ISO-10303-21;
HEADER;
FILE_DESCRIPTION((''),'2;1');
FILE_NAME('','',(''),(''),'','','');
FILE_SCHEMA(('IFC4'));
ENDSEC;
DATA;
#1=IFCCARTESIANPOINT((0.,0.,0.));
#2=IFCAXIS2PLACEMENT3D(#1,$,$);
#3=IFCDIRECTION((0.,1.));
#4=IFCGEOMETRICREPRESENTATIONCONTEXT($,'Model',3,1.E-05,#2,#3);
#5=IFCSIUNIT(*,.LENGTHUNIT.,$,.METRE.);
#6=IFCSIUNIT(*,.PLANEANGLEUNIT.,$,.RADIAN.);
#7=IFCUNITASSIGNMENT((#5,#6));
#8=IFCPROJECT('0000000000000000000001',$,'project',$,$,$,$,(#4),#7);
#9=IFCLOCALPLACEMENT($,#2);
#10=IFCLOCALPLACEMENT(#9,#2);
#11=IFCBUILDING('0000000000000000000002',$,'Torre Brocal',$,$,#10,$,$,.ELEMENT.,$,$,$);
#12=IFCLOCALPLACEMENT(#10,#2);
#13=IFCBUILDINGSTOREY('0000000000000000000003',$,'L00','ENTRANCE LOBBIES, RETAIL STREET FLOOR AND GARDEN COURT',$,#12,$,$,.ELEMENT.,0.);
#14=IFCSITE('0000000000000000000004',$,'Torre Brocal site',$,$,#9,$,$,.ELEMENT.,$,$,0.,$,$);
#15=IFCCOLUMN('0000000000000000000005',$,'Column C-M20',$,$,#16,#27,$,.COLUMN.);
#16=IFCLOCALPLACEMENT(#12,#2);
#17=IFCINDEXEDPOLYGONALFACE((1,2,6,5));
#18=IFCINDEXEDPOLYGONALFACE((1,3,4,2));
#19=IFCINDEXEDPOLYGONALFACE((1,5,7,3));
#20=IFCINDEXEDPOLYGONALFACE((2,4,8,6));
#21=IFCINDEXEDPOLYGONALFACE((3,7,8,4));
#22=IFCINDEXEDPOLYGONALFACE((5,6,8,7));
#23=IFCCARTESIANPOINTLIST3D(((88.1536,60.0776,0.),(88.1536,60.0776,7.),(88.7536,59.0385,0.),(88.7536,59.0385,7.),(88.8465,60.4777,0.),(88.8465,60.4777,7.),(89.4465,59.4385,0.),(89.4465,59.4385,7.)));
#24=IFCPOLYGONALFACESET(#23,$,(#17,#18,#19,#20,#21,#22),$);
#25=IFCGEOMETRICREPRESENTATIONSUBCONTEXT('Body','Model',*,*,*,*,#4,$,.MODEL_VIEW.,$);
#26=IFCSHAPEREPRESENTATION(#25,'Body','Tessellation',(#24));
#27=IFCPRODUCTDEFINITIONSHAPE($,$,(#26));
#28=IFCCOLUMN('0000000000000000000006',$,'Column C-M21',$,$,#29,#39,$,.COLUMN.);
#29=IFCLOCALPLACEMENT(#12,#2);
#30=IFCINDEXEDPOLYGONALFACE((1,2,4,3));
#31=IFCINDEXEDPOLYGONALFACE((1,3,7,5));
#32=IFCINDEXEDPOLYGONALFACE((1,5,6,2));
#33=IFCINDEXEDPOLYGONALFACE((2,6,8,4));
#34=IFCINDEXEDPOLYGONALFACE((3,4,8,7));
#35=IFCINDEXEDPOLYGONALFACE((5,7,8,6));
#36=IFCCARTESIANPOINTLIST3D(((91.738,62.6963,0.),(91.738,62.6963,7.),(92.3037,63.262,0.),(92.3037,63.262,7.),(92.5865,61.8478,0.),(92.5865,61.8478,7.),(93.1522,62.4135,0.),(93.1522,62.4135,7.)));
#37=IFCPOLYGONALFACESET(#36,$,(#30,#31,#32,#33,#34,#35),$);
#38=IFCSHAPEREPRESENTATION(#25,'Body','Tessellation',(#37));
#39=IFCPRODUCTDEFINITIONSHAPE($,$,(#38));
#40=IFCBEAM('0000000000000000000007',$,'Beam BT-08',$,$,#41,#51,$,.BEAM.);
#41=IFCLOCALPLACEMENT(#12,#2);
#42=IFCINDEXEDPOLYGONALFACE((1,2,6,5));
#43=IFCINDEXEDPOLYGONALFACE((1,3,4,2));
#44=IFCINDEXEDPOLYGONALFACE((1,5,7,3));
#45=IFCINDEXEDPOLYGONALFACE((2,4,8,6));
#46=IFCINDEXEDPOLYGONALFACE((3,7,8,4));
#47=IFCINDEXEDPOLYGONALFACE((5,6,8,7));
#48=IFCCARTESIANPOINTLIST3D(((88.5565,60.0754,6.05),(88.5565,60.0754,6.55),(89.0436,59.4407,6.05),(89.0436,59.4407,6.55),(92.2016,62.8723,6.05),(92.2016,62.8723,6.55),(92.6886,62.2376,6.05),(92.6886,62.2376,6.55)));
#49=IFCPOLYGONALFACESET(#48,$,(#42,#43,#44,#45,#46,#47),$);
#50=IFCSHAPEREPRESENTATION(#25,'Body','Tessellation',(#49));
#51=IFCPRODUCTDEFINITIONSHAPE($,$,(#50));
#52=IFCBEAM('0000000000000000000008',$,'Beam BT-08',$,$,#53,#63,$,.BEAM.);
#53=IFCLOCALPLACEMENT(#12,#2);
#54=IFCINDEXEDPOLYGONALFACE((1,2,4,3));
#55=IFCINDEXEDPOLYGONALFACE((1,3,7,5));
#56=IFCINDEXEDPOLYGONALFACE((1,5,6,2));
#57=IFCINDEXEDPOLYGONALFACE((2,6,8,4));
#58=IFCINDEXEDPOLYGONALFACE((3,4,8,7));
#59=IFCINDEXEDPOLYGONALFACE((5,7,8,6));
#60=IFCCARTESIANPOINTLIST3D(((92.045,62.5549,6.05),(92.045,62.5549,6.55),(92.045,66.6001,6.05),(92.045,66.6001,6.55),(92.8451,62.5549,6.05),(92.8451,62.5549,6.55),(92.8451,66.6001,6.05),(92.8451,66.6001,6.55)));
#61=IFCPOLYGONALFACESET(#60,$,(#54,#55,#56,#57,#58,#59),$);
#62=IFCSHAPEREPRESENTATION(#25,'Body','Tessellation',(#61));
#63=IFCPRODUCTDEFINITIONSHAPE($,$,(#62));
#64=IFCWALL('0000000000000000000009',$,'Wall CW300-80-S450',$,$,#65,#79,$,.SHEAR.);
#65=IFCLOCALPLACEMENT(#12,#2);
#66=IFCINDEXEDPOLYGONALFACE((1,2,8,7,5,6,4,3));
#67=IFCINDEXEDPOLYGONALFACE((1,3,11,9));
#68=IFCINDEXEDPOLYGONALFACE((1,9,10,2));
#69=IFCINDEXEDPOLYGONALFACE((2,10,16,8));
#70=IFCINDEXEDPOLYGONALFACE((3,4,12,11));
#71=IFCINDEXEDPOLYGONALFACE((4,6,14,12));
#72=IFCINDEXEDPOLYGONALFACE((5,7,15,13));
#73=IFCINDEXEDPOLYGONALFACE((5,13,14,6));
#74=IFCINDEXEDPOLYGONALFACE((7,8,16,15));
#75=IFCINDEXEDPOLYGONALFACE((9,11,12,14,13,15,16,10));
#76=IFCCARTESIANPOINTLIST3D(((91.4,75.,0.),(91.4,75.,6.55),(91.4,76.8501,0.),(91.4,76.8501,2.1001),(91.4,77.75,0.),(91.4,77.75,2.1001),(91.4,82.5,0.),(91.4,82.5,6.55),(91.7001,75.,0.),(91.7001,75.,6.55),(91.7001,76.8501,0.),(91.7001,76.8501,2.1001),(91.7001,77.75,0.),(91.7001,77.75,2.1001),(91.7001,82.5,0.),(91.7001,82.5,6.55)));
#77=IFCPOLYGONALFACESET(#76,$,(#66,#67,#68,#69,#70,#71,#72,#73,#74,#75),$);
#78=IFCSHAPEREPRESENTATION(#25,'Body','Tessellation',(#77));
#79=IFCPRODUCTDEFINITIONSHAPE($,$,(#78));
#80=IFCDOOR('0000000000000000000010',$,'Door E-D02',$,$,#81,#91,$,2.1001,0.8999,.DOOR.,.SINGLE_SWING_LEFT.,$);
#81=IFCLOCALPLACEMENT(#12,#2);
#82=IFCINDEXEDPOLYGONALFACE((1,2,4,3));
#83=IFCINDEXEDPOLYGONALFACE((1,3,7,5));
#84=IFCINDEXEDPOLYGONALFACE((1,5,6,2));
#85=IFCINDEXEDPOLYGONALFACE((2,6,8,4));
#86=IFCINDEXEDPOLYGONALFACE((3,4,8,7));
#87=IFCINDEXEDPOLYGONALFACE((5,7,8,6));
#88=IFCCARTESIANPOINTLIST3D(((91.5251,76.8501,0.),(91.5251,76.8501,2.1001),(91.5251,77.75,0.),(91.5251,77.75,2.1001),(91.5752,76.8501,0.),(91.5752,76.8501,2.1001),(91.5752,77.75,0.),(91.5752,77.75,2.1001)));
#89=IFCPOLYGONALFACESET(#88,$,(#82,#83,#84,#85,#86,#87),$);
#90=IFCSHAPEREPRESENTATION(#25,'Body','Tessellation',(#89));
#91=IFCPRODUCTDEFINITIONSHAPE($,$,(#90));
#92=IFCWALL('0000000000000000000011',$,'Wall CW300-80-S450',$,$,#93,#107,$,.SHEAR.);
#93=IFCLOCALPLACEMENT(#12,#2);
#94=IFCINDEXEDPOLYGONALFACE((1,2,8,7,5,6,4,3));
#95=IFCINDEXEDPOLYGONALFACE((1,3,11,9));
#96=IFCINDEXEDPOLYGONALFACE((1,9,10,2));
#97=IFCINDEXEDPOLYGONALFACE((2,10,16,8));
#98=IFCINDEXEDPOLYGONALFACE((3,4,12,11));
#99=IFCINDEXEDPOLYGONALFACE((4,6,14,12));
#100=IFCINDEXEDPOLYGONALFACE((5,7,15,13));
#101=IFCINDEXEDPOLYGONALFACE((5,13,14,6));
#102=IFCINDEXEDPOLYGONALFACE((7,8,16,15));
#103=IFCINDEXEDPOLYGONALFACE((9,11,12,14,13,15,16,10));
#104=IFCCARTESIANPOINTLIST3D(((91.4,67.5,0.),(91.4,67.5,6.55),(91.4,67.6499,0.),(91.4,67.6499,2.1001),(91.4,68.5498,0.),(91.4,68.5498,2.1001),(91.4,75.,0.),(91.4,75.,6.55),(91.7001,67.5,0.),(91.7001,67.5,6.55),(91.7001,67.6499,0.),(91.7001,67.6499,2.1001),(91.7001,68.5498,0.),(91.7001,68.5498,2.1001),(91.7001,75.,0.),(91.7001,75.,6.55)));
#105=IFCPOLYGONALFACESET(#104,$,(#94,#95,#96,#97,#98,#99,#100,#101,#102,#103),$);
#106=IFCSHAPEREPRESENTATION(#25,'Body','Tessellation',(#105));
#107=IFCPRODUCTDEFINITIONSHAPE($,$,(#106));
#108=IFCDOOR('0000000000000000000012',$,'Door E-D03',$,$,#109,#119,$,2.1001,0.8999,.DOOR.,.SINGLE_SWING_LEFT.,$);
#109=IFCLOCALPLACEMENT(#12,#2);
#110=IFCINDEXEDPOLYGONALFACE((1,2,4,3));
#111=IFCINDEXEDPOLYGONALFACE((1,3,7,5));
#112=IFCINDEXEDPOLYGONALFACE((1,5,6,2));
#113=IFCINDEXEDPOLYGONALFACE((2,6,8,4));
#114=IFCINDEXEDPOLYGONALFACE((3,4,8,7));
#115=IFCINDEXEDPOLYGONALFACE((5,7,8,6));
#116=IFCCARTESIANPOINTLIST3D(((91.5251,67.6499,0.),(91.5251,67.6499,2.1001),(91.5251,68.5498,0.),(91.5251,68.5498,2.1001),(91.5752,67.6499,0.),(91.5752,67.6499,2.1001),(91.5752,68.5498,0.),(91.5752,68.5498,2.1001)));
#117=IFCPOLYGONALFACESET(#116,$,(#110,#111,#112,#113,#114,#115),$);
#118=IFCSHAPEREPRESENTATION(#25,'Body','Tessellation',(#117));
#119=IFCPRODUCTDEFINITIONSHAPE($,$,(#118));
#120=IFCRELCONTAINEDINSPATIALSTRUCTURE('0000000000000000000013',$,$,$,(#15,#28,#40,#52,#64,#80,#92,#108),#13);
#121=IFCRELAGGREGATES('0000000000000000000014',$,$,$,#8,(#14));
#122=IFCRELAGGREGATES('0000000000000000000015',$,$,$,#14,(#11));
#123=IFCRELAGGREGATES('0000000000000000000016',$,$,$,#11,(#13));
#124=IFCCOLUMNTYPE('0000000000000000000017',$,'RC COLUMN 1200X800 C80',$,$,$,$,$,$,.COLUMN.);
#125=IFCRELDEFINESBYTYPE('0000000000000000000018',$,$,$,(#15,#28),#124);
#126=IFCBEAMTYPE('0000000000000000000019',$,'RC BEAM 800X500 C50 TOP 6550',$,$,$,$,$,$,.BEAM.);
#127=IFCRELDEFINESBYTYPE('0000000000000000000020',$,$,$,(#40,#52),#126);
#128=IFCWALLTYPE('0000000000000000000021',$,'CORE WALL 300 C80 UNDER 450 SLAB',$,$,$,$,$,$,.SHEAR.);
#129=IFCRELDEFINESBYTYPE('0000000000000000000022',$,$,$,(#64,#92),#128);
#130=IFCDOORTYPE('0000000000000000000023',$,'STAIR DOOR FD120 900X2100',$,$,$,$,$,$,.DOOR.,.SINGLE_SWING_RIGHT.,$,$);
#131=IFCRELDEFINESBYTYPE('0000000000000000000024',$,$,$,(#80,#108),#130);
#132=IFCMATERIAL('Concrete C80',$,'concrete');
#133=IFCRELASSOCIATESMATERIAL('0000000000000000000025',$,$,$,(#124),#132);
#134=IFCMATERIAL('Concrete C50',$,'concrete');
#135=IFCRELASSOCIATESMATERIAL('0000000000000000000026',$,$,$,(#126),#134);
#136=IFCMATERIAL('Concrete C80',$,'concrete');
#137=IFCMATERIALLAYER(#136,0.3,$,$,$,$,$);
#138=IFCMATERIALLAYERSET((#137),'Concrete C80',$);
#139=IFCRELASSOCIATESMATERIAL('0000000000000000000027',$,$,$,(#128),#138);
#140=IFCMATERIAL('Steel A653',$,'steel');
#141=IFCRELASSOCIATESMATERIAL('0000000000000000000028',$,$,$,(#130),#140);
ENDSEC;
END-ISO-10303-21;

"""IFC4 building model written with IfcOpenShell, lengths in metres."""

from ifc_helpers import new_model, si_unit, direction, frame, frame_2d, origin, origin_2d, place, context, subcontext, project, spatial, rectangle, extrude, material, layer, layer_set, material_profile, profile_set, type_object, element, fill, save


model = new_model("IFC4")

# Units and contexts
model_context = context("Model", 3, precision=1e-05, world=origin(), true_north=direction((0.0, 1.0)))
body_context = subcontext(model_context, "Body", "Model", "MODEL_VIEW")
ifc_project = project(units=[si_unit("LENGTHUNIT", "METRE"), si_unit("PLANEANGLEUNIT", "RADIAN")], contexts=[model_context])

# Site, building, storey
site_placement = place(None, origin())
site = spatial("IfcSite", under=ifc_project, at=site_placement, Name="Torre Brocal site", CompositionType="ELEMENT", RefElevation=0.0)
building_placement = place(site_placement, origin())
building = spatial("IfcBuilding", under=site, at=building_placement, Name="Torre Brocal", CompositionType="ELEMENT")
storey_placement = place(building_placement, origin())
storey = spatial("IfcBuildingStorey", under=building, at=storey_placement, Name="L00", Description="ENTRANCE LOBBIES, RETAIL STREET FLOOR AND GARDEN COURT", CompositionType="ELEMENT", Elevation=0.0)

# Columns
ifc_material_1 = material(Name="Concrete C80", Category="concrete")
ifc_material_profile_1 = material_profile(ifc_material_1, rectangle(XDim=1.2, YDim=0.8, at=origin_2d()), Name="RC 1200X800")
ifc_profile_set_1 = profile_set([ifc_material_profile_1], Name="Concrete C80")
column_type = type_object("IfcColumnType", Name="RC COLUMN 1200X800 C80", PredefinedType="COLUMN", material=ifc_profile_set_1)
for number, where, z_axis, x_axis, name in (
    (1, (88.8, 59.7581, 0.0), (0.0, 0.0, 1.0), (0.5, -0.866025, 0.0), "Column C-M20"),
    (2, (92.4451, 62.5549, 0.0), (0.0, 0.0, 1.0), (0.707107, -0.707107, 0.0), "Column C-M21"),
):
    element("IfcColumn", number, at=place(storey_placement, frame(where, z_axis=z_axis, x_axis=x_axis)), inside=storey, type_object=column_type, Name=name, PredefinedType="COLUMN", context=body_context, shape_type="SweptSolid", body=[
        extrude(rectangle(XDim=1.2, YDim=0.8, at=origin_2d()), origin(), (0.0, 0.0, 1.0), 7.0),
    ])

# Beams
ifc_material_2 = material(Name="Concrete C50", Category="concrete")
ifc_material_profile_2 = material_profile(ifc_material_2, rectangle(XDim=0.8, YDim=0.5, at=origin_2d()), Name="RC 800X500")
ifc_profile_set_2 = profile_set([ifc_material_profile_2], Name="Concrete C50")
beam_type = type_object("IfcBeamType", Name="RC BEAM 800X500 C50 TOP 6550", PredefinedType="BEAM", material=ifc_profile_set_2)
beam_1_placement = place(storey_placement, frame((88.8, 59.7581, 6.3), z_axis=(0.793358, 0.608755, 0.0), x_axis=(-0.608755, 0.793358, 0.0)))
element("IfcBeam", 3, at=beam_1_placement, inside=storey, type_object=beam_type, Name="Beam BT-08", PredefinedType="BEAM", context=body_context, shape_type="SweptSolid", body=[
    extrude(rectangle(XDim=0.8, YDim=0.5, at=origin_2d()), origin(), (0.0, 0.0, 1.0), 4.5945),
])
beam_2_placement = place(storey_placement, frame((92.4451, 62.5549, 6.3), z_axis=(0.0, 1.0, 0.0), x_axis=(-1.0, 0.0, 0.0)))
element("IfcBeam", 4, at=beam_2_placement, inside=storey, type_object=beam_type, Name="Beam BT-08", PredefinedType="BEAM", context=body_context, shape_type="SweptSolid", body=[
    extrude(rectangle(XDim=0.8, YDim=0.5, at=origin_2d()), origin(), (0.0, 0.0, 1.0), 4.0452),
])

# Walls, openings, doors
ifc_material_3 = material(Name="Concrete C80", Category="concrete")
ifc_layer_1 = layer(ifc_material_3, 0.3)
ifc_layer_set_1 = layer_set([ifc_layer_1], Name="Concrete C80")
wall_type_1 = type_object("IfcWallType", Name="CORE WALL 300 C80 UNDER 450 SLAB", PredefinedType="SHEAR", material=ifc_layer_set_1)
wall_1_placement = place(storey_placement, frame((91.55, 75.0, 0.0), z_axis=(0.0, 0.0, 1.0), x_axis=(0.0, 1.0, 0.0)))
wall_1 = element("IfcWall", 5, at=wall_1_placement, inside=storey, type_object=wall_type_1, Name="Wall CW300-80-S450", PredefinedType="SHEAR", context=body_context, shape_type="SweptSolid", body=[
    extrude(rectangle(XDim=7.5, YDim=0.3, at=frame_2d((3.75, 0.0))), origin(), (0.0, 0.0, 1.0), 6.55),
])
opening_1_placement = place(wall_1_placement, frame((1.8501, 0.0, 0.0)))
opening_1 = element("IfcOpeningElement", 6, at=opening_1_placement, cuts=wall_1, PredefinedType="OPENING", context=body_context, shape_type="SweptSolid", body=[
    extrude(rectangle(XDim=0.8999, YDim=2.1001, at=frame_2d((0.45, 1.05))), frame((0.0, 0.1599, 0.0), z_axis=(0.0, -1.0, 0.0), x_axis=(1.0, 0.0, 0.0)), (0.0, 0.0, 1.0), 0.3201),
])
ifc_material_4 = material(Name="Steel A653", Category="steel")
door_type_1 = type_object("IfcDoorType", Name="STAIR DOOR FD120 900X2100", OperationType="SINGLE_SWING_RIGHT", PredefinedType="DOOR", material=ifc_material_4)
door_1_placement = place(opening_1_placement, origin())
door_1 = element("IfcDoor", 7, at=door_1_placement, inside=storey, type_object=door_type_1, Name="Door E-D02", OperationType="SINGLE_SWING_LEFT", OverallHeight=2.1001, OverallWidth=0.8999, PredefinedType="DOOR", context=body_context, shape_type="SweptSolid", body=[
    extrude(rectangle(XDim=0.8999, YDim=2.1001, at=frame_2d((0.45, 1.05))), frame((0.0, 0.0249, 0.0), z_axis=(0.0, -1.0, 0.0), x_axis=(1.0, 0.0, 0.0)), (0.0, 0.0, 1.0), 0.05),
])
fill(opening_1, door_1)
wall_2_placement = place(storey_placement, frame((91.55, 67.5, 0.0), z_axis=(0.0, 0.0, 1.0), x_axis=(0.0, 1.0, 0.0)))
wall_2 = element("IfcWall", 8, at=wall_2_placement, inside=storey, type_object=wall_type_1, Name="Wall CW300-80-S450", PredefinedType="SHEAR", context=body_context, shape_type="SweptSolid", body=[
    extrude(rectangle(XDim=7.5, YDim=0.3, at=frame_2d((3.75, 0.0))), origin(), (0.0, 0.0, 1.0), 6.55),
])
opening_2_placement = place(wall_2_placement, frame((0.1499, 0.0, 0.0)))
opening_2 = element("IfcOpeningElement", 9, at=opening_2_placement, cuts=wall_2, PredefinedType="OPENING", context=body_context, shape_type="SweptSolid", body=[
    extrude(rectangle(XDim=0.8999, YDim=2.1001, at=frame_2d((0.45, 1.05))), frame((0.0, 0.1599, 0.0), z_axis=(0.0, -1.0, 0.0), x_axis=(1.0, 0.0, 0.0)), (0.0, 0.0, 1.0), 0.3201),
])
door_2_placement = place(opening_2_placement, origin())
door_2 = element("IfcDoor", 10, at=door_2_placement, inside=storey, type_object=door_type_1, Name="Door E-D03", OperationType="SINGLE_SWING_LEFT", OverallHeight=2.1001, OverallWidth=0.8999, PredefinedType="DOOR", context=body_context, shape_type="SweptSolid", body=[
    extrude(rectangle(XDim=0.8999, YDim=2.1001, at=frame_2d((0.45, 1.05))), frame((0.0, 0.0249, 0.0), z_axis=(0.0, -1.0, 0.0), x_axis=(1.0, 0.0, 0.0)), (0.0, 0.0, 1.0), 0.05),
])
fill(opening_2, door_2)

save(model, "model.ifc")
